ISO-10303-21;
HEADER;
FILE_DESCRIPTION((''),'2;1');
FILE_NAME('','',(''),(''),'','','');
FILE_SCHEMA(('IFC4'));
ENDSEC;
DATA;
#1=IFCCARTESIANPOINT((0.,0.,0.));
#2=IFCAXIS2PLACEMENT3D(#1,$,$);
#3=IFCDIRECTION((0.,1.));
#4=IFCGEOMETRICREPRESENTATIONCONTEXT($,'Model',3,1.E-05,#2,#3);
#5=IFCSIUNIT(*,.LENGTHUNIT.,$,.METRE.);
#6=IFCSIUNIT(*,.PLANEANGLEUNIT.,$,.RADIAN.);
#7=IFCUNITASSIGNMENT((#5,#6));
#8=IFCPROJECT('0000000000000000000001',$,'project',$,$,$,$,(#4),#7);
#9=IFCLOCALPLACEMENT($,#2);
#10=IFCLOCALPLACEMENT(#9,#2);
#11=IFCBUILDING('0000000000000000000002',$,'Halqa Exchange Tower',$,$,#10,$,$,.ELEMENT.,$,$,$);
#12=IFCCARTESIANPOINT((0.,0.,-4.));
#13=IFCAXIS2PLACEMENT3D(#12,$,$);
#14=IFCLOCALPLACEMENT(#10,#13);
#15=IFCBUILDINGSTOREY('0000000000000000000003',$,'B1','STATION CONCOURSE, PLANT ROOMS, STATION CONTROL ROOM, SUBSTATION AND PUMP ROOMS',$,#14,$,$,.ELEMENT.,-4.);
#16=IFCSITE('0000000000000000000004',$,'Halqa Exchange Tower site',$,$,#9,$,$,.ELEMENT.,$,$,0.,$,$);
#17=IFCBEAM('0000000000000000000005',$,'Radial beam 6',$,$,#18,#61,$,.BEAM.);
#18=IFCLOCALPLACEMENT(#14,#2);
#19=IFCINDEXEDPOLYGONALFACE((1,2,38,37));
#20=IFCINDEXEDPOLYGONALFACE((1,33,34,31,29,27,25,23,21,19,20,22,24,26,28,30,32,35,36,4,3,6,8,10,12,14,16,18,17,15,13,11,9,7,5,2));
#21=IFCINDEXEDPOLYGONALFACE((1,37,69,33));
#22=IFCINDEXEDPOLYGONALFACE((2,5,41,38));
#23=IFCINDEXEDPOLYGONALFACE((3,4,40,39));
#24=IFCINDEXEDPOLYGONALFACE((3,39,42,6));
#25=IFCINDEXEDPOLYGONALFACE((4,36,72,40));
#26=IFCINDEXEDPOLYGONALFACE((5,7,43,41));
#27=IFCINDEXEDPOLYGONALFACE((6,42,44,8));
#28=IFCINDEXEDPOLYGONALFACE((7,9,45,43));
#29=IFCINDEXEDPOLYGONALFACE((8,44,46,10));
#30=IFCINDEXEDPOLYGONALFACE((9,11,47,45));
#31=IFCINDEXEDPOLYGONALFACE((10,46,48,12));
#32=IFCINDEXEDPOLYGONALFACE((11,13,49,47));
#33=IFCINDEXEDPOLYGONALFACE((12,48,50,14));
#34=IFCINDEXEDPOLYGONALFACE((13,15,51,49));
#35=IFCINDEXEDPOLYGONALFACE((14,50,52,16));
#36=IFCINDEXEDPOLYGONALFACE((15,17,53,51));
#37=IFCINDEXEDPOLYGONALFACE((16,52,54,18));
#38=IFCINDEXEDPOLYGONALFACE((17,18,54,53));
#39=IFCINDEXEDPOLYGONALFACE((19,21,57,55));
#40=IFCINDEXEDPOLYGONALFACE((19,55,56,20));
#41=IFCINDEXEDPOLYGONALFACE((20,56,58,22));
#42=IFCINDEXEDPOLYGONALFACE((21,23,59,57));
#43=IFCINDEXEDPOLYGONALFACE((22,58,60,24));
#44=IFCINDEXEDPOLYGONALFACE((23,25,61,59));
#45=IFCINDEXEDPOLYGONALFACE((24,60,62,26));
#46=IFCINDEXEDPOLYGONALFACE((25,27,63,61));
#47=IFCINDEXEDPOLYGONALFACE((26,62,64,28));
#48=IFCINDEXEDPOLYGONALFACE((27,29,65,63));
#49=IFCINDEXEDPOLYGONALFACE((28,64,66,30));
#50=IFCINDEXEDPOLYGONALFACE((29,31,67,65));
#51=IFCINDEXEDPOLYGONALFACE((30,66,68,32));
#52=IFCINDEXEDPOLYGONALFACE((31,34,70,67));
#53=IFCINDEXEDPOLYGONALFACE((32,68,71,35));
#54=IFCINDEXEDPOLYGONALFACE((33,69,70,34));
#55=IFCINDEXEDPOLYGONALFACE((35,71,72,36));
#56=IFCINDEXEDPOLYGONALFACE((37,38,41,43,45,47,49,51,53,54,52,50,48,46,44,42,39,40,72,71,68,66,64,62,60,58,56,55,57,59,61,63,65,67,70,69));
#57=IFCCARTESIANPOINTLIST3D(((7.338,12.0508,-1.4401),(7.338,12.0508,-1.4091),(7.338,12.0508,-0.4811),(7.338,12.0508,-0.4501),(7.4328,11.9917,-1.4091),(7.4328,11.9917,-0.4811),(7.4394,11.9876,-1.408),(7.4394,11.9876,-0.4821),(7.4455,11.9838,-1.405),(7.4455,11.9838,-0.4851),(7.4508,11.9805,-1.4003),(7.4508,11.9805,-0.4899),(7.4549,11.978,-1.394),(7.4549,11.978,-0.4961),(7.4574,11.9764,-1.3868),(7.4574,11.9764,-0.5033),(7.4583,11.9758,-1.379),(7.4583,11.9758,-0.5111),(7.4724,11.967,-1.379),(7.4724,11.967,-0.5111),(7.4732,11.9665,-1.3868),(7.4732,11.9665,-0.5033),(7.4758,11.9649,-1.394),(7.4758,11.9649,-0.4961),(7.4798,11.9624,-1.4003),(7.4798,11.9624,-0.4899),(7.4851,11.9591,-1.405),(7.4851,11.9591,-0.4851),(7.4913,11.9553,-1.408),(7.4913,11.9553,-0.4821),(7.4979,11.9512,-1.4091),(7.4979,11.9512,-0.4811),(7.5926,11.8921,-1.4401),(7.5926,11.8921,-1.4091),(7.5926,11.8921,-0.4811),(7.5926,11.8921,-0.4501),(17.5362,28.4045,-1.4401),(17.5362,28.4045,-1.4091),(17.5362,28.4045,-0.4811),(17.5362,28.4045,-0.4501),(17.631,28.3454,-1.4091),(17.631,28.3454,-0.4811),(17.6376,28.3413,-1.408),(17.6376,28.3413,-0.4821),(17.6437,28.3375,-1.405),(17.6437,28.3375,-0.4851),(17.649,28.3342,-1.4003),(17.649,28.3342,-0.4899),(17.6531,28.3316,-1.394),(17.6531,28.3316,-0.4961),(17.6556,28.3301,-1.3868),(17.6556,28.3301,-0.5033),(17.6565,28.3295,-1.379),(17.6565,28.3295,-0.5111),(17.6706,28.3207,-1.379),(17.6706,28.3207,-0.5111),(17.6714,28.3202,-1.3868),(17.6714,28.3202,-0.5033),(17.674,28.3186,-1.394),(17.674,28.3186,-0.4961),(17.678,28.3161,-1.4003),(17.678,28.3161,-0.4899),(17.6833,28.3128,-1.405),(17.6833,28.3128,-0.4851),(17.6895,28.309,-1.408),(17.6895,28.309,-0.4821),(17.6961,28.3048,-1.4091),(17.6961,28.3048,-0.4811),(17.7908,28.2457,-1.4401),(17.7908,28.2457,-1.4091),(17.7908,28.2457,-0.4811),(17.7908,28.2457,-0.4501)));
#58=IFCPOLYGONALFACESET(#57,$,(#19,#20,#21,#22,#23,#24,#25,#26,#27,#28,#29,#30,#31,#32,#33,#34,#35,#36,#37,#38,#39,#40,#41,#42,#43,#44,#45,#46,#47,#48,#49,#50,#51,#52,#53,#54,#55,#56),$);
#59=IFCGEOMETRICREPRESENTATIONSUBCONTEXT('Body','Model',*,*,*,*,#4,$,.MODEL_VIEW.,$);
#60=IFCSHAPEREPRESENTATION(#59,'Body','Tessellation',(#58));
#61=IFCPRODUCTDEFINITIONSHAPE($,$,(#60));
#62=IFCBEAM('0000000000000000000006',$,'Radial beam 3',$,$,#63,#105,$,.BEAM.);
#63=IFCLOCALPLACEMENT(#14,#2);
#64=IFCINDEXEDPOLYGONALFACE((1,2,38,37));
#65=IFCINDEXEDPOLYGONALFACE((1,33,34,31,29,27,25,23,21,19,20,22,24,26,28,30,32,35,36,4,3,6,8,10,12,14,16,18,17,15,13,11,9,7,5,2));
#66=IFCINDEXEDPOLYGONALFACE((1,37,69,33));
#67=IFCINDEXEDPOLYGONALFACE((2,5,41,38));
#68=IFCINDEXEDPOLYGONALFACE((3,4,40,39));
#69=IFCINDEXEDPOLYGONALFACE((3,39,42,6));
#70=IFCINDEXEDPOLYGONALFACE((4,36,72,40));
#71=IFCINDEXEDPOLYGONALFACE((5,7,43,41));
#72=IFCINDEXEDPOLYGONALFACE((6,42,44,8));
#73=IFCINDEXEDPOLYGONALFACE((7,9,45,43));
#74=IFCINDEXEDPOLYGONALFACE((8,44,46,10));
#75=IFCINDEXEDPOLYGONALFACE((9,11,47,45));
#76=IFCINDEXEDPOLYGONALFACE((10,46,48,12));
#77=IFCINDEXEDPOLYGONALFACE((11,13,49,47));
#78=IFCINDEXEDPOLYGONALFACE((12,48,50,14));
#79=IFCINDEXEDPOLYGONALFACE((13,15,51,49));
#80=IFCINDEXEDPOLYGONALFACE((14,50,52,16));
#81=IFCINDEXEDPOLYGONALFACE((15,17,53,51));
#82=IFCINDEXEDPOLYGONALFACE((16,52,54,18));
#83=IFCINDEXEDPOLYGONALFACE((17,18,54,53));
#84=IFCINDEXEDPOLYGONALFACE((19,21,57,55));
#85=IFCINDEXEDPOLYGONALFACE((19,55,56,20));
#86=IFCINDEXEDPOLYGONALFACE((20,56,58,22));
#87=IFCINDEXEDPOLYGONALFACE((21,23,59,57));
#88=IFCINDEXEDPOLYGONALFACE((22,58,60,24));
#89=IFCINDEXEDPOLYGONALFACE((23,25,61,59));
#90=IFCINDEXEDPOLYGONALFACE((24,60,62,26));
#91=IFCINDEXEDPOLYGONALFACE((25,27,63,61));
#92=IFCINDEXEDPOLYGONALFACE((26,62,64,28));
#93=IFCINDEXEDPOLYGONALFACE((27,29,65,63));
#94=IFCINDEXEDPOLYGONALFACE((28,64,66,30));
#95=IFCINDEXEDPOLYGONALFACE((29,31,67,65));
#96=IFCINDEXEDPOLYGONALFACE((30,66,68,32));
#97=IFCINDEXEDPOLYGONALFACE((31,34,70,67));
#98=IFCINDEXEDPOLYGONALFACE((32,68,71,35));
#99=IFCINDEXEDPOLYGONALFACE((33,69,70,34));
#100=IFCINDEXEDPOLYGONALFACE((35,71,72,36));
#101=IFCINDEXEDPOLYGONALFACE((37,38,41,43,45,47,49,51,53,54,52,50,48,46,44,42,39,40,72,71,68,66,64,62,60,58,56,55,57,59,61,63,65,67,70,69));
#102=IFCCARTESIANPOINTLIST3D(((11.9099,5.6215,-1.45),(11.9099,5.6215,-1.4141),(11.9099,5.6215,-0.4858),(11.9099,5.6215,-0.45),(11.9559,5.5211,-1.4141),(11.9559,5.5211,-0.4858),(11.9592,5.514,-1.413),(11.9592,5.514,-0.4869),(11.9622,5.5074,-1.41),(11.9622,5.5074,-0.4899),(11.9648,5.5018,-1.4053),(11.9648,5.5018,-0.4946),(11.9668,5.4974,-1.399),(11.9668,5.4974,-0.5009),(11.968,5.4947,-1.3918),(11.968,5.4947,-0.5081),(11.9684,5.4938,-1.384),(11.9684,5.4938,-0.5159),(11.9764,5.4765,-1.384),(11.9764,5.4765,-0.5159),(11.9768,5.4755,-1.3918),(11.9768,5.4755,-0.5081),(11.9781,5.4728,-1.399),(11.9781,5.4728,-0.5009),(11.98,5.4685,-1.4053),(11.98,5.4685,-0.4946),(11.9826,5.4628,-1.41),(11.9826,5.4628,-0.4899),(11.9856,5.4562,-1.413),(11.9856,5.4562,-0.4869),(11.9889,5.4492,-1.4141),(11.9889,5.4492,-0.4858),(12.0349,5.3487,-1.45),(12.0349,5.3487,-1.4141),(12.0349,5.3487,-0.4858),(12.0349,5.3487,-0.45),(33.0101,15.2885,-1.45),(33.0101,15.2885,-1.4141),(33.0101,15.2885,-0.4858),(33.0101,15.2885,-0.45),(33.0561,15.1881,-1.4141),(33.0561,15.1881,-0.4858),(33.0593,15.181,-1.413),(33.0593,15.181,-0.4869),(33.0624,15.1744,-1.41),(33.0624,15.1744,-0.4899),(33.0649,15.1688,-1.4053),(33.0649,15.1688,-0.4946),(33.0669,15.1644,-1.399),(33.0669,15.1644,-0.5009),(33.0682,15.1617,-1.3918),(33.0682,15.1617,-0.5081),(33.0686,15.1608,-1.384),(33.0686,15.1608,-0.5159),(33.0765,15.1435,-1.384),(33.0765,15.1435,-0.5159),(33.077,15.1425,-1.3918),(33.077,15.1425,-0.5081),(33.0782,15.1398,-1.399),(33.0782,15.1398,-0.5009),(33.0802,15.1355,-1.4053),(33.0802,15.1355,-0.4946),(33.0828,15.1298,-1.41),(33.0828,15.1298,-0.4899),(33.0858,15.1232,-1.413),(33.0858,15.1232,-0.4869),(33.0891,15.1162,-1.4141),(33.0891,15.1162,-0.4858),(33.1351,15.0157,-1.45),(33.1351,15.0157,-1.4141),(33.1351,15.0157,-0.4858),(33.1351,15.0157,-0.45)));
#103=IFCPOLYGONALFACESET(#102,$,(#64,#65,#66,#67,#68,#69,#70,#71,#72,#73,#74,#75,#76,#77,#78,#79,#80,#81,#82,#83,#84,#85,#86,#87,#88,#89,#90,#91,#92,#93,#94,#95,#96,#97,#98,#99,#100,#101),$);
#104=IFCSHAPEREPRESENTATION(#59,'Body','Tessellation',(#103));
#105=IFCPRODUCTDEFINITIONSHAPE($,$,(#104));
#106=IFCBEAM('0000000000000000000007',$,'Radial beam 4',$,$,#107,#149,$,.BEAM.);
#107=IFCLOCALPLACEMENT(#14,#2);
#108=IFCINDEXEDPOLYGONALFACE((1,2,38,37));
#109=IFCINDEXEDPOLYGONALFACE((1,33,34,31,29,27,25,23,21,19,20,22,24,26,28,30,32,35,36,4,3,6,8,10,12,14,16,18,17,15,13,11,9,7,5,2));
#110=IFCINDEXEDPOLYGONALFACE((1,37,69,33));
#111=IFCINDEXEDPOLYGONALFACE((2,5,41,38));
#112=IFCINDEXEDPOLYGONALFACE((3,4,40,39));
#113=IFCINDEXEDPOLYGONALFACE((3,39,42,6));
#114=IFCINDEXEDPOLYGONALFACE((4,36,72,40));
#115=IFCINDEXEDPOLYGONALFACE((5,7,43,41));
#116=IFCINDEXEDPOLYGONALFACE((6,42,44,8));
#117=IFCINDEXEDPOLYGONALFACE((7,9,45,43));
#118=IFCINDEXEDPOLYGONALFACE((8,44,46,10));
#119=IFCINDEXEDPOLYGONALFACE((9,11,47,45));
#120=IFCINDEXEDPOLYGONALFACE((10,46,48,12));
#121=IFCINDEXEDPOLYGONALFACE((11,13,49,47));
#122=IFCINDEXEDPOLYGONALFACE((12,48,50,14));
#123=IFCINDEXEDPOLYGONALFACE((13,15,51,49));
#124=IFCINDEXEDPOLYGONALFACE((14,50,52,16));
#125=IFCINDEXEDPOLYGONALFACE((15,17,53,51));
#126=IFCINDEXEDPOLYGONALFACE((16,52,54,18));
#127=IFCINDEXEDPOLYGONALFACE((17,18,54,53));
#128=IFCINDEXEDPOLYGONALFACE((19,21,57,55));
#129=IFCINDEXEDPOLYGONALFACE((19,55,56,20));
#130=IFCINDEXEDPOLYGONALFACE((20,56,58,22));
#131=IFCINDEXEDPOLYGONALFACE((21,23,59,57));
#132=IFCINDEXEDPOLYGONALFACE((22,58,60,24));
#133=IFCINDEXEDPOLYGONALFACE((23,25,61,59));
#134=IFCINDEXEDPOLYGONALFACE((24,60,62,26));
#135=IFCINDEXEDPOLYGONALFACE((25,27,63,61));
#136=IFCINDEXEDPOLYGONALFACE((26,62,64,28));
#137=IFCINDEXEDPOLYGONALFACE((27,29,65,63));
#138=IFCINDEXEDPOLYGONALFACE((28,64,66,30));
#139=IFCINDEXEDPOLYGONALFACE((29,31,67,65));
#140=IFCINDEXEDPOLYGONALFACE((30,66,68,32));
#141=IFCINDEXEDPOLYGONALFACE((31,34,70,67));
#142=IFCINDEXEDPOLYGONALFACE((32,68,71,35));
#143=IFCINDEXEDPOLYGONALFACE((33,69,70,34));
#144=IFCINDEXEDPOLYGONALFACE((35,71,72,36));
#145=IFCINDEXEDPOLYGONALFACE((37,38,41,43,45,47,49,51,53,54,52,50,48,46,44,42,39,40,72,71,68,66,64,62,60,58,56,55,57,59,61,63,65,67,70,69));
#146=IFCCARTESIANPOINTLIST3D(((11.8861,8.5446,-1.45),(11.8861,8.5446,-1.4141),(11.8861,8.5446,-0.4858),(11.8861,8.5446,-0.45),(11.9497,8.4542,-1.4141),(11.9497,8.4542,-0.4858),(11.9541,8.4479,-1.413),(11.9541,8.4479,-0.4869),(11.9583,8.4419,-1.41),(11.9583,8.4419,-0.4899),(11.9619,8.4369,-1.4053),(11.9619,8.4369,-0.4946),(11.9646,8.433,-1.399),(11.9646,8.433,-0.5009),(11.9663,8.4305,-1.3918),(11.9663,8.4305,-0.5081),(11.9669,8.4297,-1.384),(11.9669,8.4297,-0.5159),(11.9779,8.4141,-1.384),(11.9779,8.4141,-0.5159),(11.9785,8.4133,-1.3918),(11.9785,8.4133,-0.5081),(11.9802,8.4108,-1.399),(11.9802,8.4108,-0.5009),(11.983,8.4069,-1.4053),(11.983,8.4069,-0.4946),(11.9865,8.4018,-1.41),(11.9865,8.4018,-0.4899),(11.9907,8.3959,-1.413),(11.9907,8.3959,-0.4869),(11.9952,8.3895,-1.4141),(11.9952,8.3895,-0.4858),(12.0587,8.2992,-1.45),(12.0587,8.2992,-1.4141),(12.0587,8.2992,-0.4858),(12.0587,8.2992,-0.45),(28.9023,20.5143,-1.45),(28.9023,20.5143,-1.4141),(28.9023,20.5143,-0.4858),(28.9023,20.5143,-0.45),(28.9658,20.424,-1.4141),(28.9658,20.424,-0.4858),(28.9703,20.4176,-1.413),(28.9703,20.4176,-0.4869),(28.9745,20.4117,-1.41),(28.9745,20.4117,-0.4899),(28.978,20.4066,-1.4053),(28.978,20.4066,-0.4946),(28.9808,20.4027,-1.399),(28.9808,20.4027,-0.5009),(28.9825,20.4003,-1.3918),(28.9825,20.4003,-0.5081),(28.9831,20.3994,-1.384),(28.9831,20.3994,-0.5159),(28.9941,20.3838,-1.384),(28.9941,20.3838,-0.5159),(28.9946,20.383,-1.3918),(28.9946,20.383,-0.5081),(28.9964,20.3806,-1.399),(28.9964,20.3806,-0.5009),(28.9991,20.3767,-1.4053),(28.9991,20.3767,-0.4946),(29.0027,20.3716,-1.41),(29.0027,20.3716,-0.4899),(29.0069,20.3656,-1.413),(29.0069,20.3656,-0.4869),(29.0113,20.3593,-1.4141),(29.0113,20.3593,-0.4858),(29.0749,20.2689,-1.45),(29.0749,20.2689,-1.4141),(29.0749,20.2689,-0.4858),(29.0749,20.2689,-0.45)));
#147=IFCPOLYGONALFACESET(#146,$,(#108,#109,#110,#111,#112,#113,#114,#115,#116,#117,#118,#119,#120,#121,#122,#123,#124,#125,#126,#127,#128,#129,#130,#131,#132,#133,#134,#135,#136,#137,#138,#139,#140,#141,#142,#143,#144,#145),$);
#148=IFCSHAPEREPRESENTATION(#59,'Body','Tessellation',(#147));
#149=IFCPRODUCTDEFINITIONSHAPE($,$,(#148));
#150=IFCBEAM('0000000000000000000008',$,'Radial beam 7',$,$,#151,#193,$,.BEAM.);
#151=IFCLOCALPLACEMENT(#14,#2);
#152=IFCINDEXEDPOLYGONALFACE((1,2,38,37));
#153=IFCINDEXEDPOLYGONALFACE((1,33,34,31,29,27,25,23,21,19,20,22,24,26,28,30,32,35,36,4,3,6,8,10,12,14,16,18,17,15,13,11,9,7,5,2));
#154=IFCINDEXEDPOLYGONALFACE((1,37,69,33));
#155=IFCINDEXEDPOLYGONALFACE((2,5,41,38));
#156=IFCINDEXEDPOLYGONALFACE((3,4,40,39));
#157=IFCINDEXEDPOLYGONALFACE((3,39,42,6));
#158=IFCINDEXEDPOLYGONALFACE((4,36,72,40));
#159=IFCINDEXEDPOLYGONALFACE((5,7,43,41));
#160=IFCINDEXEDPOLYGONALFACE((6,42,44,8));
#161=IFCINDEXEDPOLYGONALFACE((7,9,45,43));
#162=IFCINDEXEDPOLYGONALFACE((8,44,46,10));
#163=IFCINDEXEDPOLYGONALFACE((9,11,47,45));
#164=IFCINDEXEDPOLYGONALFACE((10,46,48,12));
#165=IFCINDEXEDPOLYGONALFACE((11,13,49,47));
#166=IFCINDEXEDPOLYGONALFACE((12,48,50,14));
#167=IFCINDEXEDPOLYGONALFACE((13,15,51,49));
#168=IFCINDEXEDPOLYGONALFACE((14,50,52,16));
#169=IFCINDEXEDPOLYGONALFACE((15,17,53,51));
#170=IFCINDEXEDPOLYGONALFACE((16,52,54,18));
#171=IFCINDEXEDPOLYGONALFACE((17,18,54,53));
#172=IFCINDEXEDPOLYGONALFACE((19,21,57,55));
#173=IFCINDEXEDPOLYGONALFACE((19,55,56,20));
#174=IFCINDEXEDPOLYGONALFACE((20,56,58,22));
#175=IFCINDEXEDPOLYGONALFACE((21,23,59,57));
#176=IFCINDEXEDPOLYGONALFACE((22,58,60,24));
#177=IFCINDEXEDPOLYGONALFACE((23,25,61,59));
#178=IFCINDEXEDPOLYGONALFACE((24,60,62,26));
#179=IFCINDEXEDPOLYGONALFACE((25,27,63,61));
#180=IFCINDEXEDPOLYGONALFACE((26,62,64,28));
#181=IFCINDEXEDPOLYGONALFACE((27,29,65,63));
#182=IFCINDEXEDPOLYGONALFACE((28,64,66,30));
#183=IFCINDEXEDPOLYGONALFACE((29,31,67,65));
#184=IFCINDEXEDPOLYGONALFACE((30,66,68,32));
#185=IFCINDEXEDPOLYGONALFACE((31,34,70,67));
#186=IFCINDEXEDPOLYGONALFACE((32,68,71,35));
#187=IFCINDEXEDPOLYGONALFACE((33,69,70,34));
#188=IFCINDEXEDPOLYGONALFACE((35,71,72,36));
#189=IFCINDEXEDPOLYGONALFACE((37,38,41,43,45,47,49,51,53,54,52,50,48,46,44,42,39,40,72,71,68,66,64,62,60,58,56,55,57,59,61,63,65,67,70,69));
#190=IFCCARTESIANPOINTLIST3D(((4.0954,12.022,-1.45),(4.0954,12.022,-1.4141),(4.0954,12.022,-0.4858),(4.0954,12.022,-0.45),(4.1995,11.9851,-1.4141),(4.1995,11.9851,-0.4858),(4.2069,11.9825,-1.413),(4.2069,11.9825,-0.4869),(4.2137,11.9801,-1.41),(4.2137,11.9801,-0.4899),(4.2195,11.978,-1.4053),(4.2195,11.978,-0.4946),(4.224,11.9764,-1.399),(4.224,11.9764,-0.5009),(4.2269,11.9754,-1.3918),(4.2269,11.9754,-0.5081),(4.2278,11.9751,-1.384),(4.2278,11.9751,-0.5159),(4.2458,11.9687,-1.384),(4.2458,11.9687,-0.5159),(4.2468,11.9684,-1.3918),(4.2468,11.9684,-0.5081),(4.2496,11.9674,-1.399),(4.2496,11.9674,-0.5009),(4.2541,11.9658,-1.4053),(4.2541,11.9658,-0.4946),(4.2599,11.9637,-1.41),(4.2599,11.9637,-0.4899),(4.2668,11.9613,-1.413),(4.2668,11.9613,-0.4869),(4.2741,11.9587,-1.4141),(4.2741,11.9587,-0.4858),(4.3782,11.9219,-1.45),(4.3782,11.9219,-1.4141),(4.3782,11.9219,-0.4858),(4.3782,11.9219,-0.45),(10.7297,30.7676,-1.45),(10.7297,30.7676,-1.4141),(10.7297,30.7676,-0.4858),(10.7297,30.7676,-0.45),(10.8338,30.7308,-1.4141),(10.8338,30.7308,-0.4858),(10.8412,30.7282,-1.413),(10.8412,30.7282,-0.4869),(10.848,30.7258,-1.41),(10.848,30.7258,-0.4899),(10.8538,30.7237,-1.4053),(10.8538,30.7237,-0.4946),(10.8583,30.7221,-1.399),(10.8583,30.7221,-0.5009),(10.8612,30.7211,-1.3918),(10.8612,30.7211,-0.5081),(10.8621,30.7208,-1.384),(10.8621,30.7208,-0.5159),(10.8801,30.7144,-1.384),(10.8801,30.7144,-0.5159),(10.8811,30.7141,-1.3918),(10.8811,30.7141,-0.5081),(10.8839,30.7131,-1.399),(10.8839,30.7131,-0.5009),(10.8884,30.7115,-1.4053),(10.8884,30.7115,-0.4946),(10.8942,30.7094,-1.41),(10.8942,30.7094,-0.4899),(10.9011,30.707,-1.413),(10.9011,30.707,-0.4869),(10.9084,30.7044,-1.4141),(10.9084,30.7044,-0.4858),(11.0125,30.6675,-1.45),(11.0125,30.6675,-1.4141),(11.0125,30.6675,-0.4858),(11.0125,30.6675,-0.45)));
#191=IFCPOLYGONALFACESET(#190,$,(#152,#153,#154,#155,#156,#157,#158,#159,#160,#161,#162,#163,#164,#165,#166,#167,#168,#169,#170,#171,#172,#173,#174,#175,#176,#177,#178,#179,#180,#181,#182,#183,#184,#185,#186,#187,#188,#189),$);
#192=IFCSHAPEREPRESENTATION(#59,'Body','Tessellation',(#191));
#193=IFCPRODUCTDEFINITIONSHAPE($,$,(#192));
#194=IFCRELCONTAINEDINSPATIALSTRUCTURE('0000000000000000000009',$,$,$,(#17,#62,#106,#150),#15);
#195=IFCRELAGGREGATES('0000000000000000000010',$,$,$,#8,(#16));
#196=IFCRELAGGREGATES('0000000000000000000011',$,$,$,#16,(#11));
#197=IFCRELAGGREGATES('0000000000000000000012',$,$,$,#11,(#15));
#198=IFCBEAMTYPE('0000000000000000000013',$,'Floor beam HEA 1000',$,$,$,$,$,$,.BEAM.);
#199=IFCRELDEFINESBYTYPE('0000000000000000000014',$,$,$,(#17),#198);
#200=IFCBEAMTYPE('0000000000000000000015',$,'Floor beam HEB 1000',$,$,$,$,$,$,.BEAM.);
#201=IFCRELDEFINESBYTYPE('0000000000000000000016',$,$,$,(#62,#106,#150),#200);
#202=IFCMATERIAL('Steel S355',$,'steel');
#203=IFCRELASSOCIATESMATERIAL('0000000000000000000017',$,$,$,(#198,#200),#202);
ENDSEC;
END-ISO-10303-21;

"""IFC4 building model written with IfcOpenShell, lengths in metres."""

from ifc_helpers import new_model, si_unit, direction, frame, origin, origin_2d, place, context, subcontext, project, spatial, i_section, extrude, material, material_profile, profile_set, type_object, element, save


model = new_model("IFC4")

# Units and contexts
model_context = context("Model", 3, precision=1e-05, world=origin(), true_north=direction((0.0, 1.0)))
body_context = subcontext(model_context, "Body", "Model", "MODEL_VIEW")
ifc_project = project(units=[si_unit("LENGTHUNIT", "METRE"), si_unit("PLANEANGLEUNIT", "RADIAN")], contexts=[model_context])

# Site, building, storey
site_placement = place(None, origin())
site = spatial("IfcSite", under=ifc_project, at=site_placement, Name="Halqa Exchange Tower site", CompositionType="ELEMENT", RefElevation=0.0)
building_placement = place(site_placement, origin())
building = spatial("IfcBuilding", under=site, at=building_placement, Name="Halqa Exchange Tower", CompositionType="ELEMENT")
storey_placement = place(building_placement, frame((0.0, 0.0, -4.0)))
storey = spatial("IfcBuildingStorey", under=building, at=storey_placement, Name="B1", Description="STATION CONCOURSE, PLANT ROOMS, STATION CONTROL ROOM, SUBSTATION AND PUMP ROOMS", CompositionType="ELEMENT", Elevation=-4.0)

# Beams
ifc_material_1 = material(Name="Steel S355", Category="steel")
ifc_material_profile_1 = material_profile(ifc_material_1, i_section(OverallWidth=0.3, OverallDepth=0.99, WebThickness=0.0166, FlangeThickness=0.031, FilletRadius=0.03, at=origin_2d()), Name="HEA 1000")
ifc_profile_set_1 = profile_set([ifc_material_profile_1], Name="Steel S355")
beam_type_1 = type_object("IfcBeamType", Name="Floor beam HEA 1000", PredefinedType="BEAM", material=ifc_profile_set_1)
beam_1_placement = place(storey_placement, frame((7.4653, 11.9714, -0.9451), z_axis=(0.529146, 0.848531, 0.0), x_axis=(-0.848531, 0.529146, 0.0)))
element("IfcBeam", 1, at=beam_1_placement, inside=storey, type_object=beam_type_1, Name="Radial beam 6", PredefinedType="BEAM", context=body_context, shape_type="SweptSolid", body=[
    extrude(i_section(OverallWidth=0.3, OverallDepth=0.99, WebThickness=0.0166, FlangeThickness=0.031, FilletRadius=0.03, at=origin_2d()), origin(), (0.0, 0.0, 1.0), 19.2729),
])
ifc_material_profile_2 = material_profile(ifc_material_1, i_section(OverallWidth=0.3, OverallDepth=1.0, WebThickness=0.019, FlangeThickness=0.0359, FilletRadius=0.03, at=origin_2d()), Name="HEB 1000")
ifc_profile_set_2 = profile_set([ifc_material_profile_2], Name="Steel S355")
beam_type_2 = type_object("IfcBeamType", Name="Floor beam HEB 1000", PredefinedType="BEAM", material=ifc_profile_set_2)
beam_2_placement = place(storey_placement, frame((11.9724, 5.4851, -0.95), z_axis=(0.909128, 0.416516, 0.0), x_axis=(-0.416516, 0.909128, 0.0)))
element("IfcBeam", 2, at=beam_2_placement, inside=storey, type_object=beam_type_2, Name="Radial beam 3", PredefinedType="BEAM", context=body_context, shape_type="SweptSolid", body=[
    extrude(i_section(OverallWidth=0.3, OverallDepth=1.0, WebThickness=0.019, FlangeThickness=0.0359, FilletRadius=0.03, at=origin_2d()), origin(), (0.0, 0.0, 1.0), 23.2092),
])
beam_3_placement = place(storey_placement, frame((11.9724, 8.4219, -0.95), z_axis=(0.81791, 0.575346, 0.0), x_axis=(-0.575346, 0.81791, 0.0)))
element("IfcBeam", 3, at=beam_3_placement, inside=storey, type_object=beam_type_2, Name="Radial beam 4", PredefinedType="BEAM", context=body_context, shape_type="SweptSolid", body=[
    extrude(i_section(OverallWidth=0.3, OverallDepth=1.0, WebThickness=0.019, FlangeThickness=0.0359, FilletRadius=0.03, at=origin_2d()), origin(), (0.0, 0.0, 1.0), 20.8044),
])
beam_4_placement = place(storey_placement, frame((4.2368, 11.9719, -0.95), z_axis=(0.333633, 0.942703, 0.0), x_axis=(-0.942703, 0.333633, 0.0)))
element("IfcBeam", 4, at=beam_4_placement, inside=storey, type_object=beam_type_2, Name="Radial beam 7", PredefinedType="BEAM", context=body_context, shape_type="SweptSolid", body=[
    extrude(i_section(OverallWidth=0.3, OverallDepth=1.0, WebThickness=0.019, FlangeThickness=0.0359, FilletRadius=0.03, at=origin_2d()), origin(), (0.0, 0.0, 1.0), 19.885),
])

save(model, "model.ifc")
